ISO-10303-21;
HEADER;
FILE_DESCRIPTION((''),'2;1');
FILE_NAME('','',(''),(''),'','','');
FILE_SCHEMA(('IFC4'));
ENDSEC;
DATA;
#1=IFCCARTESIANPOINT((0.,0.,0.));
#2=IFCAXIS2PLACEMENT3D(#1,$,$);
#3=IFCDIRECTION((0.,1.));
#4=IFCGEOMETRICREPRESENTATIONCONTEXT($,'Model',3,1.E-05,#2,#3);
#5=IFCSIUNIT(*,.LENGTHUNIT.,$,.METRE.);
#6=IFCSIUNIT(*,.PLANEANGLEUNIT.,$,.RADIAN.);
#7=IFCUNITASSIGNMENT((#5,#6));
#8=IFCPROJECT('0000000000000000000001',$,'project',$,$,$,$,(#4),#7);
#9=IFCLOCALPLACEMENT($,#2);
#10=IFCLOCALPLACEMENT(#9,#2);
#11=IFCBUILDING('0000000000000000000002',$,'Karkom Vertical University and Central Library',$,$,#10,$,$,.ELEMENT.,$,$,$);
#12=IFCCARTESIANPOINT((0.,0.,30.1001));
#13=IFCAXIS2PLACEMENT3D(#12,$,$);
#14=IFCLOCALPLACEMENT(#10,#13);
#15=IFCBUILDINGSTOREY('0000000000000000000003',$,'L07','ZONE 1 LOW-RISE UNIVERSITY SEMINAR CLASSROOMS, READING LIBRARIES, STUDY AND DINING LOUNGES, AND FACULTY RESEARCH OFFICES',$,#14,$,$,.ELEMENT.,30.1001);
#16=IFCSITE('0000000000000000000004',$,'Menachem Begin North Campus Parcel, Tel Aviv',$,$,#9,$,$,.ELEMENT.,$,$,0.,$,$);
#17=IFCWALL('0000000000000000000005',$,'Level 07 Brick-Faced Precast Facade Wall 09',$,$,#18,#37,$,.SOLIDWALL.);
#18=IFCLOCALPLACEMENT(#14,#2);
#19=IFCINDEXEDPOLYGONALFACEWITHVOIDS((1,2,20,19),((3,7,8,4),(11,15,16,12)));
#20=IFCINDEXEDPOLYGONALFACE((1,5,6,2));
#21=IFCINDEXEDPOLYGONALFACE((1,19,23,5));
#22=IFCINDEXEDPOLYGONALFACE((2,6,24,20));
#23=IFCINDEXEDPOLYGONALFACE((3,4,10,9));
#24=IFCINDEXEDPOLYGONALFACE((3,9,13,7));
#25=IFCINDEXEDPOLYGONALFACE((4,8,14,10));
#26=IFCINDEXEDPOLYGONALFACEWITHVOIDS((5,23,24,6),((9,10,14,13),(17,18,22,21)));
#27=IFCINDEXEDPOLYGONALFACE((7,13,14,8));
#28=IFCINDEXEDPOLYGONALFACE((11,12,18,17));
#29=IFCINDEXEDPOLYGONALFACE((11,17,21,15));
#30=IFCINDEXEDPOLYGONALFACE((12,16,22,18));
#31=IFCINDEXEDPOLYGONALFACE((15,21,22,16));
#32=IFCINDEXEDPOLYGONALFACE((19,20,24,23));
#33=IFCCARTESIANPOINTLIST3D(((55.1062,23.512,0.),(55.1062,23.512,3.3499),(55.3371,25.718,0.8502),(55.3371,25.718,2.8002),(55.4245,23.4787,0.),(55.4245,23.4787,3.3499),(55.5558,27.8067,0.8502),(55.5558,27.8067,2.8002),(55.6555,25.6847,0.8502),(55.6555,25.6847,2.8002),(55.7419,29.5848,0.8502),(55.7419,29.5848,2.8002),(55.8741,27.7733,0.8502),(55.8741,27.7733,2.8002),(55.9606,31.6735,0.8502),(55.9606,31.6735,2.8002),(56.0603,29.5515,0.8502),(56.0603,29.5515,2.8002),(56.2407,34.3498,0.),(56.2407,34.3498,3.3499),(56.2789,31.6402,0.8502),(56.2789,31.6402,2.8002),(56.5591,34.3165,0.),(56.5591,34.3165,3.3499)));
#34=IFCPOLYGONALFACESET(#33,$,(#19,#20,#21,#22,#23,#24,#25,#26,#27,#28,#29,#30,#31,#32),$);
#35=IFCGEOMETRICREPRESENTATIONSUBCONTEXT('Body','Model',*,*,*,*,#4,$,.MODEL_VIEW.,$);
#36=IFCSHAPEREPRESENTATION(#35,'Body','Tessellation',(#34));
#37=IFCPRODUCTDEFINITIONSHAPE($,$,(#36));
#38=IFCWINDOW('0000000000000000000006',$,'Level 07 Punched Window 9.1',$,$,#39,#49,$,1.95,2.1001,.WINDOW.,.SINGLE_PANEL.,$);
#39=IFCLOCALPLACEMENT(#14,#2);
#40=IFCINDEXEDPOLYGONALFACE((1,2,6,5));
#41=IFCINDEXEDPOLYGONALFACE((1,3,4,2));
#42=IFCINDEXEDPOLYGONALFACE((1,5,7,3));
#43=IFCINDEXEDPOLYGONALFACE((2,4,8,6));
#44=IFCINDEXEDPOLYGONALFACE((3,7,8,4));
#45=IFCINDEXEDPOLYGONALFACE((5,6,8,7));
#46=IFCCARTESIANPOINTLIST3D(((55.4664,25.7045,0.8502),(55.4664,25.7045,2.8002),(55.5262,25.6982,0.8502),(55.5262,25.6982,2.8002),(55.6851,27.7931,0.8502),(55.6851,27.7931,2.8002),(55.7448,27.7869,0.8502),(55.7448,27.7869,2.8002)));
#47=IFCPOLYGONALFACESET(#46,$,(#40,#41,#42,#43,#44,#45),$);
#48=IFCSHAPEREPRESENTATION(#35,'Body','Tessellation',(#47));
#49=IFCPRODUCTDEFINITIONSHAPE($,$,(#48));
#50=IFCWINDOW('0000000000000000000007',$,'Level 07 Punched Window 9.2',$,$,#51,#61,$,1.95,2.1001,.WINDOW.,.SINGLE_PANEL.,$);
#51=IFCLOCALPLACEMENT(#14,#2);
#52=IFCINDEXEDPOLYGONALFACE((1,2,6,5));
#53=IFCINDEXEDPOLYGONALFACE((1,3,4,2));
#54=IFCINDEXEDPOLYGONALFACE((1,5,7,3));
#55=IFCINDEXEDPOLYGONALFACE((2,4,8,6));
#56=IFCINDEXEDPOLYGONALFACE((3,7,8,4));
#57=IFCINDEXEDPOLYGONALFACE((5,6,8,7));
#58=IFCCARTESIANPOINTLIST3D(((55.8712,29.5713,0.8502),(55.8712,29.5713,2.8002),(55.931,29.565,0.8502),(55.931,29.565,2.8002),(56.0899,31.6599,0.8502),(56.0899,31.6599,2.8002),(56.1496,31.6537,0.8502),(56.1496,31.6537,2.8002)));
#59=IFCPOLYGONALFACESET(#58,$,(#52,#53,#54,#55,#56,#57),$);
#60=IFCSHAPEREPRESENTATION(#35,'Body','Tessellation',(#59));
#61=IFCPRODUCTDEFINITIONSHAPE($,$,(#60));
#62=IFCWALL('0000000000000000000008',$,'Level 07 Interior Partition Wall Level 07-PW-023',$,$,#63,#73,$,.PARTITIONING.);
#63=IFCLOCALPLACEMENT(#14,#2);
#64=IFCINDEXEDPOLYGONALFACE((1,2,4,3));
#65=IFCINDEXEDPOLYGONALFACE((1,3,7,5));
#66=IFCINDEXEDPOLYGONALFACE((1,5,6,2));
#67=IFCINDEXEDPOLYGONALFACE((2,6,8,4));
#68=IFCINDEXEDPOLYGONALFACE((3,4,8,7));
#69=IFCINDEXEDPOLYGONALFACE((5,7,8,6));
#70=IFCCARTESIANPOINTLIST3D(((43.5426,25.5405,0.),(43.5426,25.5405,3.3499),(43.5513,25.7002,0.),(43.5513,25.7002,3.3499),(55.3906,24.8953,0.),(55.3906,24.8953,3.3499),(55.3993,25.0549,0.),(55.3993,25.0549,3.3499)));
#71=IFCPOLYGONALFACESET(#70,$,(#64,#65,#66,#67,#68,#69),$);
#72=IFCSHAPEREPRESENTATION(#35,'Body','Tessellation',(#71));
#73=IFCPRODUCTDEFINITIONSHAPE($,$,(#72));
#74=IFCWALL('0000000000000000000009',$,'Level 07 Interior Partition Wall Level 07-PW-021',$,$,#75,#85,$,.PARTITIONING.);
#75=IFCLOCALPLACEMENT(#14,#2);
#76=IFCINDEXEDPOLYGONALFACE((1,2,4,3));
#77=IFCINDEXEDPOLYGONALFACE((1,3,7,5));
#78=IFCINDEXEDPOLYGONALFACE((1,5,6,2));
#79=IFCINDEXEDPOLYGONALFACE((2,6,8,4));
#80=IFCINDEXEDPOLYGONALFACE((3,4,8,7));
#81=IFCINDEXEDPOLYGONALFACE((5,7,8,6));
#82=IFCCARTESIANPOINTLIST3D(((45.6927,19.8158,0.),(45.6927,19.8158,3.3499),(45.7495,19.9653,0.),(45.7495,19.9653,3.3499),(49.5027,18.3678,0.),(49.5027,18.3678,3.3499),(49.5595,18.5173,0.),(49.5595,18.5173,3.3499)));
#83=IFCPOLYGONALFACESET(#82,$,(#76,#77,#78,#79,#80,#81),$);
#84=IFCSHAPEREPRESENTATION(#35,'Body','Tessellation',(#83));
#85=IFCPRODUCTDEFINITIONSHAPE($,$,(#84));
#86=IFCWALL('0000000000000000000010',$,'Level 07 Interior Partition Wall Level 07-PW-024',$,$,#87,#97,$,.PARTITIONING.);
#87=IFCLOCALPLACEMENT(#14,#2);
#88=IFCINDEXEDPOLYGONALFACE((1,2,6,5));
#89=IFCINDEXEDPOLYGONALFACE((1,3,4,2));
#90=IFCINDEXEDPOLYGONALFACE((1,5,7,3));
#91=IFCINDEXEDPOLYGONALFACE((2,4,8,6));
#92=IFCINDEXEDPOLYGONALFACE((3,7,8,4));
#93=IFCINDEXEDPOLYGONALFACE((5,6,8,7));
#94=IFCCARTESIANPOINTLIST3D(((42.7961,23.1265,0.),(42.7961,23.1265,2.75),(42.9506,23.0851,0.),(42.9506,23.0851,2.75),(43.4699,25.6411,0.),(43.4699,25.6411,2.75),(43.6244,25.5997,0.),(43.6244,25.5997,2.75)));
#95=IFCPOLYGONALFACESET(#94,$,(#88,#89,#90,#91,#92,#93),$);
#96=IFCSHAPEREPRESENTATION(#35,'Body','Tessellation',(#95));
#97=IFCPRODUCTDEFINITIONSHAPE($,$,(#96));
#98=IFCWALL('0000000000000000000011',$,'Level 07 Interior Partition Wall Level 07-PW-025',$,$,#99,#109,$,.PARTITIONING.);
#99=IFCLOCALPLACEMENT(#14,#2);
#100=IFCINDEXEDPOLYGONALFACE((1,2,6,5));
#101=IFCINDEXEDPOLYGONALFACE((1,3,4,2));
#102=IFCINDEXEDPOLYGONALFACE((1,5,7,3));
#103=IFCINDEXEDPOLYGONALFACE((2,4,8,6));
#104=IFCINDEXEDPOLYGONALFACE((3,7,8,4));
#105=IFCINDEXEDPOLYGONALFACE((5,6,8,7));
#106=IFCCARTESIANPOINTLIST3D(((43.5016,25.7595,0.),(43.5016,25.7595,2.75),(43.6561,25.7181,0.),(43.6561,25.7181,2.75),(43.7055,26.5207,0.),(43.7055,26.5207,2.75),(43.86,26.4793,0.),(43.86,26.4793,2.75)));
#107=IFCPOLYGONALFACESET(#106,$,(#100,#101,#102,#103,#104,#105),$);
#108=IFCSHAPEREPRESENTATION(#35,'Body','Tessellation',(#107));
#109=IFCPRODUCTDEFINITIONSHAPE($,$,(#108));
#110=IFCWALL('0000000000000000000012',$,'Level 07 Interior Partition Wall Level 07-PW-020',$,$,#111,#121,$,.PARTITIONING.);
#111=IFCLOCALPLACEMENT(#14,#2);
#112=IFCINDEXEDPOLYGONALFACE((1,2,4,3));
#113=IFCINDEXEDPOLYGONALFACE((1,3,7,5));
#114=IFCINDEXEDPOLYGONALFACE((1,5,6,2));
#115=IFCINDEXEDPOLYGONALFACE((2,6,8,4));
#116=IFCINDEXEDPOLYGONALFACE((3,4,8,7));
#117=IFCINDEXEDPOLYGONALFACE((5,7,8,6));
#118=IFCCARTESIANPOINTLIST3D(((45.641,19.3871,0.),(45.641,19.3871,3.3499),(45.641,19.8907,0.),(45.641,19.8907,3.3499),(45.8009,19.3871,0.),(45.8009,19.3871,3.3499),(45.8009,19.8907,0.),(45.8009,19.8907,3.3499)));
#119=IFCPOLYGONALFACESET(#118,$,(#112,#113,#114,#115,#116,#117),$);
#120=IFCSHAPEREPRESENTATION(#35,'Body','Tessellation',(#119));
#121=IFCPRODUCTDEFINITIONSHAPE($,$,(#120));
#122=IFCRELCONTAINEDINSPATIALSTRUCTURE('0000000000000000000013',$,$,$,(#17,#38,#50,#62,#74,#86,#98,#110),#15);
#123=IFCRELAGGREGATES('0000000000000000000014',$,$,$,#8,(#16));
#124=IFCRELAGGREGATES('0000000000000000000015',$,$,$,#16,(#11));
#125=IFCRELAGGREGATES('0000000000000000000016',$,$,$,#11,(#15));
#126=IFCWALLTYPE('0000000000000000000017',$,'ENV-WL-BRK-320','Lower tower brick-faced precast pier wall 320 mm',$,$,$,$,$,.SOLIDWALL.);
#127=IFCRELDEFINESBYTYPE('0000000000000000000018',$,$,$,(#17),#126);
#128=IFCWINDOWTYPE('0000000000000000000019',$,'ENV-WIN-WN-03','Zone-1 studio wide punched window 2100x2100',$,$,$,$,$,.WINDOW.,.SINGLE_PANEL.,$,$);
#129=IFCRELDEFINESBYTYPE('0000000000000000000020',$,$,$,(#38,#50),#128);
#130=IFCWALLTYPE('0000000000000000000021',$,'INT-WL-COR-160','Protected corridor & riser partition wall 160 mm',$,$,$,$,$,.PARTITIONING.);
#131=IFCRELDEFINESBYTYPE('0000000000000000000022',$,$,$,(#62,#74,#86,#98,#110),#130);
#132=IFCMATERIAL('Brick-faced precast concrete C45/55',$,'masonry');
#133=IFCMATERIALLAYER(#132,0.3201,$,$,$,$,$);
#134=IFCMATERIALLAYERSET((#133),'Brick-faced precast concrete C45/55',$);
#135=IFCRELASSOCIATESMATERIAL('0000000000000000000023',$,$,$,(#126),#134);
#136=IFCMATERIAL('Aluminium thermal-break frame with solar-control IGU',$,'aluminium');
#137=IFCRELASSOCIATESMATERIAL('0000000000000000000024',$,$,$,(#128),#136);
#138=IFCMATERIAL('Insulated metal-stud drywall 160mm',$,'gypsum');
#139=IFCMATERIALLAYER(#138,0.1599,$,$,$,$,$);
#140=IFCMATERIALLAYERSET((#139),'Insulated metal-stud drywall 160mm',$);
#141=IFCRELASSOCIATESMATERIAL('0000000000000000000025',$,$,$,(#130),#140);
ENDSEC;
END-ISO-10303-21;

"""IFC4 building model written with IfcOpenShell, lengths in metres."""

from ifc_helpers import new_model, si_unit, direction, frame, frame_2d, origin, origin_with_axes, place, context, subcontext, project, spatial, rectangle, extrude, source, transform, mapped, material, layer, layer_set, type_object, element, fill, save


model = new_model("IFC4")

# Units and contexts
model_context = context("Model", 3, precision=1e-05, world=origin(), true_north=direction((0.0, 1.0)))
body_context = subcontext(model_context, "Body", "Model", "MODEL_VIEW")
ifc_project = project(units=[si_unit("LENGTHUNIT", "METRE"), si_unit("PLANEANGLEUNIT", "RADIAN")], contexts=[model_context])

# Site, building, storey
site_placement = place(None, origin())
site = spatial("IfcSite", under=ifc_project, at=site_placement, Name="Menachem Begin North Campus Parcel, Tel Aviv", CompositionType="ELEMENT", RefElevation=0.0)
building_placement = place(site_placement, origin())
building = spatial("IfcBuilding", under=site, at=building_placement, Name="Karkom Vertical University and Central Library", CompositionType="ELEMENT")
storey_placement = place(building_placement, frame((0.0, 0.0, 30.1001)))
storey = spatial("IfcBuildingStorey", under=building, at=storey_placement, Name="L07", Description="ZONE 1 LOW-RISE UNIVERSITY SEMINAR CLASSROOMS, READING LIBRARIES, STUDY AND DINING LOUNGES, AND FACULTY RESEARCH OFFICES", CompositionType="ELEMENT", Elevation=30.1001)

# Wall, openings, windows
ifc_material_1 = material(Name="Brick-faced precast concrete C45/55", Category="masonry")
ifc_layer_1 = layer(ifc_material_1, 0.3201)
ifc_layer_set_1 = layer_set([ifc_layer_1], Name="Brick-faced precast concrete C45/55")
wall_type_1 = type_object("IfcWallType", Name="ENV-WL-BRK-320", Description="Lower tower brick-faced precast pier wall 320 mm", PredefinedType="SOLIDWALL", material=ifc_layer_set_1)
ifc_material_2 = material(Name="Aluminium thermal-break frame with solar-control IGU", Category="aluminium")
window_type = type_object("IfcWindowType", Name="ENV-WIN-WN-03", Description="Zone-1 studio wide punched window 2100x2100", PartitioningType="SINGLE_PANEL", PredefinedType="WINDOW", material=ifc_material_2)
shared_shape_1 = source(origin_with_axes(), body_context, "Body", "SweptSolid", [
    extrude(rectangle(XDim=2.1001, YDim=1.95, at=frame_2d((1.05, 0.9751))), frame((0.0, 0.03, 0.0), z_axis=(0.0, -1.0, 0.0), x_axis=(1.0, 0.0, 0.0)), (0.0, 0.0, 1.0), 0.0601),
])
wall_1_placement = place(storey_placement, frame((55.2654, 23.4954, 0.0), z_axis=(0.0, 0.0, 1.0), x_axis=(0.104114, 0.994565, 0.0)))
wall_1 = element("IfcWall", 1, at=wall_1_placement, inside=storey, type_object=wall_type_1, Name="Level 07 Brick-Faced Precast Facade Wall 09", PredefinedType="SOLIDWALL", context=body_context, shape_type="SweptSolid", body=[
    extrude(rectangle(XDim=10.897, YDim=0.3201, at=frame_2d((5.4485, 0.0))), origin(), (0.0, 0.0, 1.0), 3.3499),
])
opening_1_placement = place(wall_1_placement, frame((2.218, 0.0, 0.8501)))
opening_1 = element("IfcOpeningElement", 2, at=opening_1_placement, cuts=wall_1, PredefinedType="OPENING", context=body_context, shape_type="SweptSolid", body=[
    extrude(rectangle(XDim=2.1001, YDim=1.95, at=frame_2d((1.05, 0.9751))), frame((0.0, 0.1699, 0.0), z_axis=(0.0, -1.0, 0.0), x_axis=(1.0, 0.0, 0.0)), (0.0, 0.0, 1.0), 0.3401),
])
opening_2_placement = place(wall_1_placement, frame((6.106, 0.0, 0.8501)))
opening_2 = element("IfcOpeningElement", 3, at=opening_2_placement, cuts=wall_1, PredefinedType="OPENING", context=body_context, shape_type="SweptSolid", body=[
    extrude(rectangle(XDim=2.1001, YDim=1.95, at=frame_2d((1.05, 0.9751))), frame((0.0, 0.1699, 0.0), z_axis=(0.0, -1.0, 0.0), x_axis=(1.0, 0.0, 0.0)), (0.0, 0.0, 1.0), 0.3401),
])
window_1_placement = place(opening_1_placement, origin())
window_1 = element("IfcWindow", 4, at=window_1_placement, inside=storey, type_object=window_type, Name="Level 07 Punched Window 9.1", OverallHeight=1.95, OverallWidth=2.1001, PartitioningType="SINGLE_PANEL", PredefinedType="WINDOW", context=body_context, shape_type="MappedRepresentation", body=[
    mapped(shared_shape_1, transform((0.0, 0.0, 0.0), scale=1.0)),
])
fill(opening_1, window_1)
window_2_placement = place(opening_2_placement, origin())
window_2 = element("IfcWindow", 5, at=window_2_placement, inside=storey, type_object=window_type, Name="Level 07 Punched Window 9.2", OverallHeight=1.95, OverallWidth=2.1001, PartitioningType="SINGLE_PANEL", PredefinedType="WINDOW", context=body_context, shape_type="MappedRepresentation", body=[
    mapped(shared_shape_1, transform((0.0, 0.0, 0.0), scale=1.0)),
])
fill(opening_2, window_2)

# Walls
ifc_material_3 = material(Name="Insulated metal-stud drywall 160mm", Category="gypsum")
ifc_layer_2 = layer(ifc_material_3, 0.1599)
ifc_layer_set_2 = layer_set([ifc_layer_2], Name="Insulated metal-stud drywall 160mm")
wall_type_2 = type_object("IfcWallType", Name="INT-WL-COR-160", Description="Protected corridor & riser partition wall 160 mm", PredefinedType="PARTITIONING", material=ifc_layer_set_2)
wall_2_placement = place(storey_placement, frame((43.5471, 25.6204, 0.0), z_axis=(0.0, 0.0, 1.0), x_axis=(0.99852, -0.054382, 0.0)))
element("IfcWall", 6, at=wall_2_placement, inside=storey, type_object=wall_type_2, Name="Level 07 Interior Partition Wall Level 07-PW-023", PredefinedType="PARTITIONING", context=body_context, shape_type="SweptSolid", body=[
    extrude(rectangle(XDim=11.8655, YDim=0.1599, at=frame_2d((5.9326, 0.0))), origin(), (0.0, 0.0, 1.0), 3.3499),
])
wall_3_placement = place(storey_placement, frame((45.7209, 19.8906, 0.0), z_axis=(0.0, 0.0, 1.0), x_axis=(0.934769, -0.355255, 0.0)))
element("IfcWall", 7, at=wall_3_placement, inside=storey, type_object=wall_type_2, Name="Level 07 Interior Partition Wall Level 07-PW-021", PredefinedType="PARTITIONING", context=body_context, shape_type="SweptSolid", body=[
    extrude(rectangle(XDim=4.0759, YDim=0.1599, at=frame_2d((2.0381, 0.0))), origin(), (0.0, 0.0, 1.0), 3.3499),
])
wall_4_placement = place(storey_placement, frame((42.8733, 23.1057, 0.0), z_axis=(0.0, 0.0, 1.0), x_axis=(0.25883, 0.965923, 0.0)))
element("IfcWall", 8, at=wall_4_placement, inside=storey, type_object=wall_type_2, Name="Level 07 Interior Partition Wall Level 07-PW-024", PredefinedType="PARTITIONING", context=body_context, shape_type="SweptSolid", body=[
    extrude(rectangle(XDim=2.6033, YDim=0.1599, at=frame_2d((1.3018, 0.0))), origin(), (0.0, 0.0, 1.0), 2.75),
])
wall_5_placement = place(storey_placement, frame((43.5789, 25.7388, 0.0), z_axis=(0.0, 0.0, 1.0), x_axis=(0.258684, 0.965962, 0.0)))
element("IfcWall", 9, at=wall_5_placement, inside=storey, type_object=wall_type_2, Name="Level 07 Interior Partition Wall Level 07-PW-025", PredefinedType="PARTITIONING", context=body_context, shape_type="SweptSolid", body=[
    extrude(rectangle(XDim=0.7881, YDim=0.1599, at=frame_2d((0.394, 0.0))), origin(), (0.0, 0.0, 1.0), 2.75),
])
wall_6_placement = place(storey_placement, frame((45.7209, 19.387, 0.0), z_axis=(0.0, 0.0, 1.0), x_axis=(0.0, 1.0, 0.0)))
element("IfcWall", 10, at=wall_6_placement, inside=storey, type_object=wall_type_2, Name="Level 07 Interior Partition Wall Level 07-PW-020", PredefinedType="PARTITIONING", context=body_context, shape_type="SweptSolid", body=[
    extrude(rectangle(XDim=0.5037, YDim=0.1599, at=frame_2d((0.252, 0.0))), origin(), (0.0, 0.0, 1.0), 3.3499),
])

save(model, "model.ifc")
